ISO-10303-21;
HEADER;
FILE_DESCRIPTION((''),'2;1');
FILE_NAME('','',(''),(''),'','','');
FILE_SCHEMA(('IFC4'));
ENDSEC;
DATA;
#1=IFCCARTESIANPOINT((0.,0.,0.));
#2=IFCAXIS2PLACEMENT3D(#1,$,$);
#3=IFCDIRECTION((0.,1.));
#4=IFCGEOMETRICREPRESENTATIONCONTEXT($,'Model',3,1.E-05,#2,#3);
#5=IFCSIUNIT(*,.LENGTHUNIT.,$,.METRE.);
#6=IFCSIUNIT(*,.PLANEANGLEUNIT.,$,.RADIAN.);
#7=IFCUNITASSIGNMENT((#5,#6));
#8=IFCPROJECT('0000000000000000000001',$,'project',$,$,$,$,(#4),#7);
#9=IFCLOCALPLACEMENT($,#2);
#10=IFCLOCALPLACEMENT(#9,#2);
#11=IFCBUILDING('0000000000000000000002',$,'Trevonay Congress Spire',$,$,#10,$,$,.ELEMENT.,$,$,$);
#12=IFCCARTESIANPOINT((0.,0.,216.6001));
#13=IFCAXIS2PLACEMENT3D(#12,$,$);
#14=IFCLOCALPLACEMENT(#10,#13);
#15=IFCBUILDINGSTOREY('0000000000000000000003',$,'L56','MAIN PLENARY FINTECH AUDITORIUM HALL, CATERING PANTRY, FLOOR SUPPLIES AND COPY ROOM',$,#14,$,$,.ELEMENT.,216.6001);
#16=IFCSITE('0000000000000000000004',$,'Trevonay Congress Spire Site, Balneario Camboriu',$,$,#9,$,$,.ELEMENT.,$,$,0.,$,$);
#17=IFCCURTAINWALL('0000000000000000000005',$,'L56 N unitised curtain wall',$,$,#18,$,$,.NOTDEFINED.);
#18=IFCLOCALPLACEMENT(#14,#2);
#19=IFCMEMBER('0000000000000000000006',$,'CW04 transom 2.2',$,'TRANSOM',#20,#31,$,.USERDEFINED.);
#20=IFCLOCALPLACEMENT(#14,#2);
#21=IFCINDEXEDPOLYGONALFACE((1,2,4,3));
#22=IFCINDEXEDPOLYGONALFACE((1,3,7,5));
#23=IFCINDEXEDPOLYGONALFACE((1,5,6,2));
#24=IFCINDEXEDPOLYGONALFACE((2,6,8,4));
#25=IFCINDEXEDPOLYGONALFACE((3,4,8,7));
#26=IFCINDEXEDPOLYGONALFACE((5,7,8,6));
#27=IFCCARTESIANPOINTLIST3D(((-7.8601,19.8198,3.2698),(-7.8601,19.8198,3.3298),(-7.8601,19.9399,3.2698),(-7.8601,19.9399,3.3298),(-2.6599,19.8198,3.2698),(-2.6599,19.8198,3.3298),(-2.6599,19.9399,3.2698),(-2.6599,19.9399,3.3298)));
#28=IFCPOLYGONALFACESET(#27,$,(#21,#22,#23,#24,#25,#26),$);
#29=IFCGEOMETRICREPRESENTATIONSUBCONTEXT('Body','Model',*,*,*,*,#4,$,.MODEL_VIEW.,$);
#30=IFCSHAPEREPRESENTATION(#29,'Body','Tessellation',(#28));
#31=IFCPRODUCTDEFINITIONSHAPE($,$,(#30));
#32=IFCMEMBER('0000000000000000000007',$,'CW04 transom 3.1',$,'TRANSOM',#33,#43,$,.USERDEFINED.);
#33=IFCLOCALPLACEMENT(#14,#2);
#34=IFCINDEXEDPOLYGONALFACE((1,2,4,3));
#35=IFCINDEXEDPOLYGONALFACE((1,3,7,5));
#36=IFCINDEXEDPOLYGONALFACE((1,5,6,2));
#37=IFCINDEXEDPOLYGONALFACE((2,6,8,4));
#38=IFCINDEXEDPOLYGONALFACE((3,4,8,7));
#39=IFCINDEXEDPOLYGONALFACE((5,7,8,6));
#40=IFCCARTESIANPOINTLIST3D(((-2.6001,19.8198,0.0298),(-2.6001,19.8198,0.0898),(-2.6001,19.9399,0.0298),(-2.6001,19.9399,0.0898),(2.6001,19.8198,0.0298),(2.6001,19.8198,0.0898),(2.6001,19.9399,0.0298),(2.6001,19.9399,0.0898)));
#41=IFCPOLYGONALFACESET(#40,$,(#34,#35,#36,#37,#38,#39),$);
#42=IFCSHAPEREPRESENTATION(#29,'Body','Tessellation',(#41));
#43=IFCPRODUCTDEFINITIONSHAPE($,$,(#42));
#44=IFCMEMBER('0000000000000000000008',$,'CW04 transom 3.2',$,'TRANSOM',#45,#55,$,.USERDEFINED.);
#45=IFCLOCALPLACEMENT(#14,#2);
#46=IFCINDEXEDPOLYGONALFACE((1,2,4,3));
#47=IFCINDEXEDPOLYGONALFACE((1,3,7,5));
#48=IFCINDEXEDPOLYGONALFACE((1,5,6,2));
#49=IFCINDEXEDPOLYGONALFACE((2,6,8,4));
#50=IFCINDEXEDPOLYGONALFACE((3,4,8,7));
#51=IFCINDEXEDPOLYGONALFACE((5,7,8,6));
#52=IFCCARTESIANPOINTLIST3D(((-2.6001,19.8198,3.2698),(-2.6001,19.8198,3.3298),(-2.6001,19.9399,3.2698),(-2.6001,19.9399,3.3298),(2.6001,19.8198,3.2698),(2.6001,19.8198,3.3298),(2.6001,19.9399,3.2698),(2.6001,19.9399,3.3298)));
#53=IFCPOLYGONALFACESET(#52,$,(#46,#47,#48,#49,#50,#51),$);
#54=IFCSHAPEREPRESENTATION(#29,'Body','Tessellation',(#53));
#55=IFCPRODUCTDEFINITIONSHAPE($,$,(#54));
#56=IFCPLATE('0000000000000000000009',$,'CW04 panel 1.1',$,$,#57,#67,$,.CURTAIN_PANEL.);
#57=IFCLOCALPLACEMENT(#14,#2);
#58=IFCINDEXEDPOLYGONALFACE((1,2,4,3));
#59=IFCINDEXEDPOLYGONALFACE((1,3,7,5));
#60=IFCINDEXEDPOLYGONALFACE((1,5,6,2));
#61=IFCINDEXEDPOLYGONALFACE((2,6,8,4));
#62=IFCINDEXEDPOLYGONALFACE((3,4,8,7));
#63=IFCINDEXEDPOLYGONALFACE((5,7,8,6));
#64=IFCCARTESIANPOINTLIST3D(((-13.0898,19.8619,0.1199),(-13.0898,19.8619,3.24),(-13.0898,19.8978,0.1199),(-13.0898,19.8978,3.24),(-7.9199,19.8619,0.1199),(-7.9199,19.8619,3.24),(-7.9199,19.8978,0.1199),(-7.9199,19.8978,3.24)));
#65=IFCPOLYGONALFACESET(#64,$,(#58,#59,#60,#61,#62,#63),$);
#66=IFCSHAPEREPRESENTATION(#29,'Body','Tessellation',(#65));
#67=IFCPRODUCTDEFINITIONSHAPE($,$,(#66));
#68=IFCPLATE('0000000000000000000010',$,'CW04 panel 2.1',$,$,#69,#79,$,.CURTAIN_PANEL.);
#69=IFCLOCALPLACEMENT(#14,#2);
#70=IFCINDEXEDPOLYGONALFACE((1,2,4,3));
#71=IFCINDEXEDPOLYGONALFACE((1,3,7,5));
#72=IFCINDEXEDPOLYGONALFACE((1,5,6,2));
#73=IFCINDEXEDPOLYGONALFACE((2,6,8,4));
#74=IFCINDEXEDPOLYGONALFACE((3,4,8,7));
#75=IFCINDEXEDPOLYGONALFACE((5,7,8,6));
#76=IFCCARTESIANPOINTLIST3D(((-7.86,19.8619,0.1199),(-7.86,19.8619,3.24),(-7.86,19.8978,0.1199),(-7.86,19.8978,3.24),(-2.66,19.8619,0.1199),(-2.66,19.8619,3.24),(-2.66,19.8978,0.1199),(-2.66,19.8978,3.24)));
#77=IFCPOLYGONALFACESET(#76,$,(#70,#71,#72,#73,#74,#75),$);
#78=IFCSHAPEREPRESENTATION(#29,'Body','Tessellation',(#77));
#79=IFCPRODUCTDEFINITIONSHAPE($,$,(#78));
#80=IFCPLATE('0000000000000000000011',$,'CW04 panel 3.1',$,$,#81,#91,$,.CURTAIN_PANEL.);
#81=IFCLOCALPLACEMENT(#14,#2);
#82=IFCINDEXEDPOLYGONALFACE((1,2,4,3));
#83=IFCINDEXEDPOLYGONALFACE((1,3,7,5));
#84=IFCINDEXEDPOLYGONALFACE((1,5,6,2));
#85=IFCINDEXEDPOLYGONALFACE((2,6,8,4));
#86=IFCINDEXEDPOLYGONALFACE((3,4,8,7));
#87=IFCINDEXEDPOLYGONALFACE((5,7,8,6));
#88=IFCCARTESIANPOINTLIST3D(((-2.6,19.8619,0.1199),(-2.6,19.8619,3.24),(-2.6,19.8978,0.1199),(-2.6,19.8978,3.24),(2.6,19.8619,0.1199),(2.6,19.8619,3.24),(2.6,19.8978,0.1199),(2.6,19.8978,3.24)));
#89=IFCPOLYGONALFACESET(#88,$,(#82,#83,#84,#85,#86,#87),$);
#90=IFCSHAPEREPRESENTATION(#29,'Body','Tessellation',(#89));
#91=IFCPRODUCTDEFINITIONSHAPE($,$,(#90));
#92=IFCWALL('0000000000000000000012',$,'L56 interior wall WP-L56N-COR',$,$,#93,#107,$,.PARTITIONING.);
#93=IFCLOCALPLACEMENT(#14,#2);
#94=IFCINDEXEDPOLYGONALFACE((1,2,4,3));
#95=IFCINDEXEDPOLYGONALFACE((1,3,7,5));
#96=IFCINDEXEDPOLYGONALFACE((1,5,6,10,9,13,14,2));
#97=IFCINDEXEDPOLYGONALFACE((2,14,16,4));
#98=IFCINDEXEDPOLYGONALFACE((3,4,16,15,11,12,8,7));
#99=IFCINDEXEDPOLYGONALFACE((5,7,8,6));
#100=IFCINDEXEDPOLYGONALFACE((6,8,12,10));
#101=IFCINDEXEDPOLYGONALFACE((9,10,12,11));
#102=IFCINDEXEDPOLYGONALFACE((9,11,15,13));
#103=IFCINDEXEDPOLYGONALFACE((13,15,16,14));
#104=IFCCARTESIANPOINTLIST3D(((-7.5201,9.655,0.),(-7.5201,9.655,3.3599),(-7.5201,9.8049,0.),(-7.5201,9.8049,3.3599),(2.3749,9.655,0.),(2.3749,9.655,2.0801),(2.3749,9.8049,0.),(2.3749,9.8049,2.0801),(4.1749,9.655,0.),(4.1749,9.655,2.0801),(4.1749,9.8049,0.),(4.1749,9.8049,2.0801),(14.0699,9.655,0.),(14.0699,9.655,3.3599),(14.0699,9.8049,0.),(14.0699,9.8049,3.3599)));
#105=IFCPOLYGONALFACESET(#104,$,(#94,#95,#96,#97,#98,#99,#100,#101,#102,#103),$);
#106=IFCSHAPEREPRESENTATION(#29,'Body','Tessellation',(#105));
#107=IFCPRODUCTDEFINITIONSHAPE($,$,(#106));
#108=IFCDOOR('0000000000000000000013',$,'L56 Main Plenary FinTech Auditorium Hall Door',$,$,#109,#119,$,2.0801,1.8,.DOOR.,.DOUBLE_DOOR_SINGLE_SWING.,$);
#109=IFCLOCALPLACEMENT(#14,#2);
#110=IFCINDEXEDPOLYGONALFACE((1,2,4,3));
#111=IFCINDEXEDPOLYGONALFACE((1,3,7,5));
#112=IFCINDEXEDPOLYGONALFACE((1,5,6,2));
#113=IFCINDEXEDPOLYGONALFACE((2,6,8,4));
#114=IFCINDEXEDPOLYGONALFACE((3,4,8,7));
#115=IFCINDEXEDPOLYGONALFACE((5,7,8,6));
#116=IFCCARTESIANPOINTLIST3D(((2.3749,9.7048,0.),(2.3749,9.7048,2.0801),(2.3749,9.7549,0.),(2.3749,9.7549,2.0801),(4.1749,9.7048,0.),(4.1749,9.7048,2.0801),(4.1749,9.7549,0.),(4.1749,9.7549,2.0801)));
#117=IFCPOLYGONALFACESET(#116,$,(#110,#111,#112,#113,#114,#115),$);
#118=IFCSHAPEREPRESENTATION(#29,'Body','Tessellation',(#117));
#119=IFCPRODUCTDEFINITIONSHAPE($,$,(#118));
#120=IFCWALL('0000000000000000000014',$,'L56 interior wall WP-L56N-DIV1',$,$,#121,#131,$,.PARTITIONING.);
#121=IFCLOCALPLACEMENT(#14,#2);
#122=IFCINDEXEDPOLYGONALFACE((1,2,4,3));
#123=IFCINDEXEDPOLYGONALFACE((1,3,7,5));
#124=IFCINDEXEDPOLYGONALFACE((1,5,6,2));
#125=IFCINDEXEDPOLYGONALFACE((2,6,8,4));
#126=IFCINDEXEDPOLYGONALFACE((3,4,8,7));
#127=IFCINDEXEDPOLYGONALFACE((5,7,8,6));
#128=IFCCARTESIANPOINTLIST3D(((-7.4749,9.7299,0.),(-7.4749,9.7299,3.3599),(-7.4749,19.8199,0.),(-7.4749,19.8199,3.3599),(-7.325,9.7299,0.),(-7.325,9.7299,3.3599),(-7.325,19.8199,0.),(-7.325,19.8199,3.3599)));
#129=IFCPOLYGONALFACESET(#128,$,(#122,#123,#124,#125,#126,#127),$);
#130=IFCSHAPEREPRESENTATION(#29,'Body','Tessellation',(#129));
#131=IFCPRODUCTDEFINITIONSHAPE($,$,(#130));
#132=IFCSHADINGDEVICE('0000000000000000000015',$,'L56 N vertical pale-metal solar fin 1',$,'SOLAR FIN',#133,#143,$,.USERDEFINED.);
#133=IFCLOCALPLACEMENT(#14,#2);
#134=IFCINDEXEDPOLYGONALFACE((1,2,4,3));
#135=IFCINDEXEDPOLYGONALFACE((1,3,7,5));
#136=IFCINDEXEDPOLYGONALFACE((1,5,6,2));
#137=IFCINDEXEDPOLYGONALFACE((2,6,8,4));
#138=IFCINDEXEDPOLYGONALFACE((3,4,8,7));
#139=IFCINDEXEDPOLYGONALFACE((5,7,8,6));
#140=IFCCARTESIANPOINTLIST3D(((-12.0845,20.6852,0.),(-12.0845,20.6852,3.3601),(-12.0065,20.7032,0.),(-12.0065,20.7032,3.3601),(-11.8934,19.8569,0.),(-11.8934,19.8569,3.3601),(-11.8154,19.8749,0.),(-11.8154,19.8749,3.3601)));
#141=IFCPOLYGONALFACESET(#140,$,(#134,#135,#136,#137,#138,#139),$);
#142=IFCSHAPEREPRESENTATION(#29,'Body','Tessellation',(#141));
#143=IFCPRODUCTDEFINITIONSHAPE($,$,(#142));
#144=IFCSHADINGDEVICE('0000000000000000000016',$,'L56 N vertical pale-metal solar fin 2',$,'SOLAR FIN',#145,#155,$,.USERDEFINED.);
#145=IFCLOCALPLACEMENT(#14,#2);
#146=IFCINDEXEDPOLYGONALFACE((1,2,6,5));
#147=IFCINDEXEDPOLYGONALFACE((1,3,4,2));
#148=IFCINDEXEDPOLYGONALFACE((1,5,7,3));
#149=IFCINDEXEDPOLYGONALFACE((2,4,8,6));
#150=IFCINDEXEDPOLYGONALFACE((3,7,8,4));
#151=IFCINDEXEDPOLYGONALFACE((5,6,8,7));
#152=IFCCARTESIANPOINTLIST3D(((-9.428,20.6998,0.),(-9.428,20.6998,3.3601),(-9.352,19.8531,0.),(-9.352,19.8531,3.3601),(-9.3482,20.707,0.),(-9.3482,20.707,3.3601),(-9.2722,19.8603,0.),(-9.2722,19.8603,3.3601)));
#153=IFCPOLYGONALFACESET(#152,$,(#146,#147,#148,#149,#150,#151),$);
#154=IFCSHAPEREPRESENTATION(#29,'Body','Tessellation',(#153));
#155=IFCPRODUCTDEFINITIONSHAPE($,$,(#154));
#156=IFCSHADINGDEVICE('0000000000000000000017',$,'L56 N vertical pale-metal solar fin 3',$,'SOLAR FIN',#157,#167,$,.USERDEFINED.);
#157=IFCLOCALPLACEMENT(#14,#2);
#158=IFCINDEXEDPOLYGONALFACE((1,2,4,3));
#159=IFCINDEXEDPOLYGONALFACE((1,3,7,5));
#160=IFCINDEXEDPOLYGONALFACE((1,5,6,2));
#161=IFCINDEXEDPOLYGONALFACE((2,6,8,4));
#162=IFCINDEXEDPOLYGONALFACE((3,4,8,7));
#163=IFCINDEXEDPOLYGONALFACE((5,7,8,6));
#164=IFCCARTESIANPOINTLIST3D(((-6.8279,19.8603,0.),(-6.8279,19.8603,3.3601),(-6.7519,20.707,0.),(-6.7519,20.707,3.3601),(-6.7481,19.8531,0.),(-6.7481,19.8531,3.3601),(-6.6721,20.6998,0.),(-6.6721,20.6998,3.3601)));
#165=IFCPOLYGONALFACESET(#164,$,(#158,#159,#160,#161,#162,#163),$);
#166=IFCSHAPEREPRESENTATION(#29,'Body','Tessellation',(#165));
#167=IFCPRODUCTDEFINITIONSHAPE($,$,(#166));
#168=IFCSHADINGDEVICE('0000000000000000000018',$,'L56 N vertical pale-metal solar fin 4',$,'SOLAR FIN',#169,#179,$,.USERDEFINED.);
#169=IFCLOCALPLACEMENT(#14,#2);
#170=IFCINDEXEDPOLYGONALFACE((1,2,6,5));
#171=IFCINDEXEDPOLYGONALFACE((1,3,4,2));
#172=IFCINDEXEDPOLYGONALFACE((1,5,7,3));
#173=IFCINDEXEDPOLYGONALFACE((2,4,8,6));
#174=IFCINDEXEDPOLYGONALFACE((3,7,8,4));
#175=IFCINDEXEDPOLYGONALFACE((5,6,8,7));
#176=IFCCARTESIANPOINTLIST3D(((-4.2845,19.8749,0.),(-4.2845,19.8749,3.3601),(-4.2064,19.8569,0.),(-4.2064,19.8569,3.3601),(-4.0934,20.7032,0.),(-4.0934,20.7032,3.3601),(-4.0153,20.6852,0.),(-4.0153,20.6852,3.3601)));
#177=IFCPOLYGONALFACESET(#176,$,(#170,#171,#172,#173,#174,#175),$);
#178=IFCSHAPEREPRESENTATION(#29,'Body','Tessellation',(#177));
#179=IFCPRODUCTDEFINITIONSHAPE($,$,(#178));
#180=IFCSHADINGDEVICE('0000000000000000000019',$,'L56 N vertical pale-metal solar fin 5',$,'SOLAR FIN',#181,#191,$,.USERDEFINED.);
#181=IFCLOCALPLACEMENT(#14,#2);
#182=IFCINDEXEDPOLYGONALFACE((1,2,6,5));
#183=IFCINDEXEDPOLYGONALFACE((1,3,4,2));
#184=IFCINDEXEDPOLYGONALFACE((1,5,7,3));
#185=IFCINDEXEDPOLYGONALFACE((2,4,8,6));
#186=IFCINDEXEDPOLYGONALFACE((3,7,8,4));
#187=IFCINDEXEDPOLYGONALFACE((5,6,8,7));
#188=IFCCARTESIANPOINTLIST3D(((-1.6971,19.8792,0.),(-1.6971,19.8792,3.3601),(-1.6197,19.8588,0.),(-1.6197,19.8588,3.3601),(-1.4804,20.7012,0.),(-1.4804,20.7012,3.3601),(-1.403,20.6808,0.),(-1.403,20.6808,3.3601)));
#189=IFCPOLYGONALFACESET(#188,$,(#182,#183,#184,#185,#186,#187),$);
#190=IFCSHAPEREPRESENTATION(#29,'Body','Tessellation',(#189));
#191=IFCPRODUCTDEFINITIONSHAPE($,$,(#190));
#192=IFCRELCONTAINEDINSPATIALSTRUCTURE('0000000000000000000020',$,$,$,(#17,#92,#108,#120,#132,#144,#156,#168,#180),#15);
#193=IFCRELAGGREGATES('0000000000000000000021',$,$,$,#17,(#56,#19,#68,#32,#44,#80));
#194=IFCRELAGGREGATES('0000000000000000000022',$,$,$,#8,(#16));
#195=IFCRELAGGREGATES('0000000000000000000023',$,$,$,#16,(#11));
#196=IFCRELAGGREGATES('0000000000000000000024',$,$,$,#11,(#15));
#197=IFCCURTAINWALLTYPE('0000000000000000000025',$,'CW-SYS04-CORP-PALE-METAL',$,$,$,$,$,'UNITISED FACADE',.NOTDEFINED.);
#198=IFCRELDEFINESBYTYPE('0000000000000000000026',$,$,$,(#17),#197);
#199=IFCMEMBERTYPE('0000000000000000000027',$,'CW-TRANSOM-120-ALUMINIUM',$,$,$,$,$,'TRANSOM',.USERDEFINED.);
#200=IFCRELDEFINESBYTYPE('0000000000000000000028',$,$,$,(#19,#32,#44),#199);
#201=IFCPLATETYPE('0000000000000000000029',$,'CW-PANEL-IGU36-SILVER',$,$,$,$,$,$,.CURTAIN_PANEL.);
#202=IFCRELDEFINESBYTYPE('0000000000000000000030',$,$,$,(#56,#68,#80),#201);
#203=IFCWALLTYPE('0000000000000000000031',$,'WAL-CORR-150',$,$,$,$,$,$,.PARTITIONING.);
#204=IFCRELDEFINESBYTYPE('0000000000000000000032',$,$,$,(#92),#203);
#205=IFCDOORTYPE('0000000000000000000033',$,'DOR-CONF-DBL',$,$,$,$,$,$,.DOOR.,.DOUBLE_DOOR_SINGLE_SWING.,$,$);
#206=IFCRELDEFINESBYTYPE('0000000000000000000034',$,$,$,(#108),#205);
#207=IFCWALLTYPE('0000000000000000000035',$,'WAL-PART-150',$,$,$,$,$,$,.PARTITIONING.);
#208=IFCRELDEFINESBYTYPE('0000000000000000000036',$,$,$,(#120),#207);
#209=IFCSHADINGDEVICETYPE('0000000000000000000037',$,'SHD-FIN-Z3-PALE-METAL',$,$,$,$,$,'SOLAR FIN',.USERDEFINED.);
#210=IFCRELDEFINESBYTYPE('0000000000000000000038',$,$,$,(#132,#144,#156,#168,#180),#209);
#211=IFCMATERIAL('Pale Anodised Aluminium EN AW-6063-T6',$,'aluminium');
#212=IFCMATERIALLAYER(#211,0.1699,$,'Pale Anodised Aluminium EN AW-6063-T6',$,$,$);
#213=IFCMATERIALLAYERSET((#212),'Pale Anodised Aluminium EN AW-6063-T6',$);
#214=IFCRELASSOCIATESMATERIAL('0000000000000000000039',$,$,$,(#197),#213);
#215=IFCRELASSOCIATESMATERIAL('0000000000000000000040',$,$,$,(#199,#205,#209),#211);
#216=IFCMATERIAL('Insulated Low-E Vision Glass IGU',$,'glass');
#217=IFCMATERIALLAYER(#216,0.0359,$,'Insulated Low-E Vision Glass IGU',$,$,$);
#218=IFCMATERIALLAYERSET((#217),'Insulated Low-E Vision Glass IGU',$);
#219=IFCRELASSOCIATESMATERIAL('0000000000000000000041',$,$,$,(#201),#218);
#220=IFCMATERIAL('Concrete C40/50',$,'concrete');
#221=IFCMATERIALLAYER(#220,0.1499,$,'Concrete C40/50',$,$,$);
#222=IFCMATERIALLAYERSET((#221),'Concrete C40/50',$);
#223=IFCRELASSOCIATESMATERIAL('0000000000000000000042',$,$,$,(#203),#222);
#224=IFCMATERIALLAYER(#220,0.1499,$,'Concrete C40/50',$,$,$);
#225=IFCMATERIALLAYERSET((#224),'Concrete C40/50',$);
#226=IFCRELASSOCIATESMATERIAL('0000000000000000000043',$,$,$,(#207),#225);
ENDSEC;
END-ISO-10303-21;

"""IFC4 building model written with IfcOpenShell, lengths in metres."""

from ifc_helpers import new_model, si_unit, direction, frame, frame_2d, origin, origin_2d, place, context, subcontext, project, spatial, rectangle, extrude, material, layer, layer_set, material_profile, profile_set, type_object, element, fill, aggregate, save


model = new_model("IFC4")

# Units and contexts
model_context = context("Model", 3, precision=1e-05, world=origin(), true_north=direction((0.0, 1.0)))
body_context = subcontext(model_context, "Body", "Model", "MODEL_VIEW")
ifc_project = project(units=[si_unit("LENGTHUNIT", "METRE"), si_unit("PLANEANGLEUNIT", "RADIAN")], contexts=[model_context])

# Site, building, storey
site_placement = place(None, origin())
site = spatial("IfcSite", under=ifc_project, at=site_placement, Name="Trevonay Congress Spire Site, Balneario Camboriu", CompositionType="ELEMENT", RefElevation=0.0)
building_placement = place(site_placement, origin())
building = spatial("IfcBuilding", under=site, at=building_placement, Name="Trevonay Congress Spire", CompositionType="ELEMENT")
storey_placement = place(building_placement, frame((0.0, 0.0, 216.6001)))
storey = spatial("IfcBuildingStorey", under=building, at=storey_placement, Name="L56", Description="MAIN PLENARY FINTECH AUDITORIUM HALL, CATERING PANTRY, FLOOR SUPPLIES AND COPY ROOM", CompositionType="ELEMENT", Elevation=216.6001)

# Curtain wall, members, plates
ifc_material_1 = material(Name="Pale Anodised Aluminium EN AW-6063-T6", Category="aluminium")
ifc_layer_1 = layer(ifc_material_1, 0.1699, Name="Pale Anodised Aluminium EN AW-6063-T6")
ifc_layer_set_1 = layer_set([ifc_layer_1], Name="Pale Anodised Aluminium EN AW-6063-T6")
curtain_wall_type = type_object("IfcCurtainWallType", Name="CW-SYS04-CORP-PALE-METAL", ElementType="UNITISED FACADE", PredefinedType="NOTDEFINED", material=ifc_layer_set_1)
curtain_wall_placement = place(storey_placement, origin())
curtain_wall = element("IfcCurtainWall", 1, at=curtain_wall_placement, inside=storey, type_object=curtain_wall_type, Name="L56 N unitised curtain wall", PredefinedType="NOTDEFINED")
ifc_material_profile_1 = material_profile(ifc_material_1, rectangle(XDim=0.1201, YDim=0.0601, at=origin_2d()), Name="CW-TRANSOM-120-ALUMINIUM")
ifc_profile_set_1 = profile_set([ifc_material_profile_1], Name="Pale Anodised Aluminium EN AW-6063-T6")
member_type_1 = type_object("IfcMemberType", Name="CW-TRANSOM-120-ALUMINIUM", ElementType="TRANSOM", PredefinedType="USERDEFINED", material=ifc_profile_set_1)
member_1_placement = place(storey_placement, frame((-7.8601, 19.8799, 3.2998), z_axis=(1.0, 0.0, 0.0), x_axis=(0.0, 1.0, 0.0)))
member_1 = element("IfcMember", 2, at=member_1_placement, type_object=member_type_1, Name="CW04 transom 2.2", ObjectType="TRANSOM", PredefinedType="USERDEFINED", context=body_context, shape_type="SweptSolid", body=[
    extrude(rectangle(XDim=0.1201, YDim=0.0601, at=origin_2d()), origin(), (0.0, 0.0, 1.0), 5.2002),
])
member_2_placement = place(storey_placement, frame((-2.6001, 19.8799, 0.0598), z_axis=(1.0, 0.0, 0.0), x_axis=(0.0, 1.0, 0.0)))
member_2 = element("IfcMember", 3, at=member_2_placement, type_object=member_type_1, Name="CW04 transom 3.1", ObjectType="TRANSOM", PredefinedType="USERDEFINED", context=body_context, shape_type="SweptSolid", body=[
    extrude(rectangle(XDim=0.1201, YDim=0.0601, at=origin_2d()), origin(), (0.0, 0.0, 1.0), 5.2002),
])
member_3_placement = place(storey_placement, frame((-2.6001, 19.8799, 3.2998), z_axis=(1.0, 0.0, 0.0), x_axis=(0.0, 1.0, 0.0)))
member_3 = element("IfcMember", 4, at=member_3_placement, type_object=member_type_1, Name="CW04 transom 3.2", ObjectType="TRANSOM", PredefinedType="USERDEFINED", context=body_context, shape_type="SweptSolid", body=[
    extrude(rectangle(XDim=0.1201, YDim=0.0601, at=origin_2d()), origin(), (0.0, 0.0, 1.0), 5.2002),
])
ifc_material_2 = material(Name="Insulated Low-E Vision Glass IGU", Category="glass")
ifc_layer_2 = layer(ifc_material_2, 0.0359, Name="Insulated Low-E Vision Glass IGU")
ifc_layer_set_2 = layer_set([ifc_layer_2], Name="Insulated Low-E Vision Glass IGU")
plate_type = type_object("IfcPlateType", Name="CW-PANEL-IGU36-SILVER", PredefinedType="CURTAIN_PANEL", material=ifc_layer_set_2)
plate_1_placement = place(storey_placement, frame((-10.5049, 19.8799, 0.1199), z_axis=(0.0, 0.0, 1.0), x_axis=(1.0, 0.0, 0.0)))
plate_1 = element("IfcPlate", 5, at=plate_1_placement, type_object=plate_type, Name="CW04 panel 1.1", PredefinedType="CURTAIN_PANEL", context=body_context, shape_type="SweptSolid", body=[
    extrude(rectangle(XDim=5.1699, YDim=0.0359, at=origin_2d()), origin(), (0.0, 0.0, 1.0), 3.1201),
])
plate_2_placement = place(storey_placement, frame((-5.26, 19.8799, 0.1199), z_axis=(0.0, 0.0, 1.0), x_axis=(1.0, 0.0, 0.0)))
plate_2 = element("IfcPlate", 6, at=plate_2_placement, type_object=plate_type, Name="CW04 panel 2.1", PredefinedType="CURTAIN_PANEL", context=body_context, shape_type="SweptSolid", body=[
    extrude(rectangle(XDim=5.2, YDim=0.0359, at=origin_2d()), origin(), (0.0, 0.0, 1.0), 3.1201),
])
plate_3_placement = place(storey_placement, frame((0.0, 19.8799, 0.1199), z_axis=(0.0, 0.0, 1.0), x_axis=(1.0, 0.0, 0.0)))
plate_3 = element("IfcPlate", 7, at=plate_3_placement, type_object=plate_type, Name="CW04 panel 3.1", PredefinedType="CURTAIN_PANEL", context=body_context, shape_type="SweptSolid", body=[
    extrude(rectangle(XDim=5.2, YDim=0.0359, at=origin_2d()), origin(), (0.0, 0.0, 1.0), 3.1201),
])
aggregate(curtain_wall, [plate_1, member_1, plate_2, member_2, member_3, plate_3])

# Wall, opening, door
ifc_material_3 = material(Name="Concrete C40/50", Category="concrete")
ifc_layer_3 = layer(ifc_material_3, 0.1499, Name="Concrete C40/50")
ifc_layer_set_3 = layer_set([ifc_layer_3], Name="Concrete C40/50")
wall_type_1 = type_object("IfcWallType", Name="WAL-CORR-150", PredefinedType="PARTITIONING", material=ifc_layer_set_3)
wall_1_placement = place(storey_placement, frame((-7.52, 9.73, 0.0), z_axis=(0.0, 0.0, 1.0), x_axis=(1.0, 0.0, 0.0)))
wall_1 = element("IfcWall", 8, at=wall_1_placement, inside=storey, type_object=wall_type_1, Name="L56 interior wall WP-L56N-COR", PredefinedType="PARTITIONING", context=body_context, shape_type="SweptSolid", body=[
    extrude(rectangle(XDim=21.5901, YDim=0.1499, at=frame_2d((10.7949, 0.0))), origin(), (0.0, 0.0, 1.0), 3.3599),
])
opening_placement = place(wall_1_placement, frame((9.895, 0.0, 0.0)))
opening = element("IfcOpeningElement", 9, at=opening_placement, cuts=wall_1, PredefinedType="OPENING", context=body_context, shape_type="SweptSolid", body=[
    extrude(rectangle(XDim=1.8, YDim=2.0801, at=frame_2d((0.8999, 1.04))), frame((0.0, 0.085, 0.0), z_axis=(0.0, -1.0, 0.0), x_axis=(1.0, 0.0, 0.0)), (0.0, 0.0, 1.0), 0.1699),
])
door_type = type_object("IfcDoorType", Name="DOR-CONF-DBL", OperationType="DOUBLE_DOOR_SINGLE_SWING", PredefinedType="DOOR", material=ifc_material_1)
door_placement = place(opening_placement, origin())
door = element("IfcDoor", 10, at=door_placement, inside=storey, type_object=door_type, Name="L56 Main Plenary FinTech Auditorium Hall Door", OperationType="DOUBLE_DOOR_SINGLE_SWING", OverallHeight=2.0801, OverallWidth=1.8, PredefinedType="DOOR", context=body_context, shape_type="SweptSolid", body=[
    extrude(rectangle(XDim=1.8, YDim=2.0801, at=frame_2d((0.8999, 1.04))), frame((0.0, 0.0249, 0.0), z_axis=(0.0, -1.0, 0.0), x_axis=(1.0, 0.0, 0.0)), (0.0, 0.0, 1.0), 0.05),
])
fill(opening, door)

# Wall
ifc_layer_4 = layer(ifc_material_3, 0.1499, Name="Concrete C40/50")
ifc_layer_set_4 = layer_set([ifc_layer_4], Name="Concrete C40/50")
wall_type_2 = type_object("IfcWallType", Name="WAL-PART-150", PredefinedType="PARTITIONING", material=ifc_layer_set_4)
wall_2_placement = place(storey_placement, frame((-7.3999, 9.73, 0.0), z_axis=(0.0, 0.0, 1.0), x_axis=(0.0, 1.0, 0.0)))
element("IfcWall", 11, at=wall_2_placement, inside=storey, type_object=wall_type_2, Name="L56 interior wall WP-L56N-DIV1", PredefinedType="PARTITIONING", context=body_context, shape_type="SweptSolid", body=[
    extrude(rectangle(XDim=10.0901, YDim=0.1499, at=frame_2d((5.0449, 0.0))), origin(), (0.0, 0.0, 1.0), 3.3599),
])

# Shading devices
shading_device_type = type_object("IfcShadingDeviceType", Name="SHD-FIN-Z3-PALE-METAL", ElementType="SOLAR FIN", PredefinedType="USERDEFINED", material=ifc_material_1)
for number, where, z_axis, x_axis, name in (
    (12, (-11.95, 20.28, 0.0), (0.0, 0.0, 1.0), (0.974409, 0.224781, 0.0), "L56 N vertical pale-metal solar fin 1"),
    (13, (-9.3501, 20.28, 0.0), (0.0, 0.0, 1.0), (0.995994, 0.089416, 0.0), "L56 N vertical pale-metal solar fin 2"),
    (14, (-6.75, 20.28, 0.0), (0.0, 0.0, 1.0), (0.995994, -0.089416, 0.0), "L56 N vertical pale-metal solar fin 3"),
    (15, (-4.1499, 20.28, 0.0), (0.0, 0.0, 1.0), (0.974409, -0.224781, 0.0), "L56 N vertical pale-metal solar fin 4"),
    (16, (-1.55, 20.28, 0.0), (0.0, 0.0, 1.0), (0.966957, -0.254939, 0.0), "L56 N vertical pale-metal solar fin 5"),
):
    element("IfcShadingDevice", number, at=place(storey_placement, frame(where, z_axis=z_axis, x_axis=x_axis)), inside=storey, type_object=shading_device_type, Name=name, ObjectType="SOLAR FIN", PredefinedType="USERDEFINED", context=body_context, shape_type="SweptSolid", body=[
        extrude(rectangle(XDim=0.0801, YDim=0.8501, at=origin_2d()), origin(), (0.0, 0.0, 1.0), 3.3601),
    ])

save(model, "model.ifc")
